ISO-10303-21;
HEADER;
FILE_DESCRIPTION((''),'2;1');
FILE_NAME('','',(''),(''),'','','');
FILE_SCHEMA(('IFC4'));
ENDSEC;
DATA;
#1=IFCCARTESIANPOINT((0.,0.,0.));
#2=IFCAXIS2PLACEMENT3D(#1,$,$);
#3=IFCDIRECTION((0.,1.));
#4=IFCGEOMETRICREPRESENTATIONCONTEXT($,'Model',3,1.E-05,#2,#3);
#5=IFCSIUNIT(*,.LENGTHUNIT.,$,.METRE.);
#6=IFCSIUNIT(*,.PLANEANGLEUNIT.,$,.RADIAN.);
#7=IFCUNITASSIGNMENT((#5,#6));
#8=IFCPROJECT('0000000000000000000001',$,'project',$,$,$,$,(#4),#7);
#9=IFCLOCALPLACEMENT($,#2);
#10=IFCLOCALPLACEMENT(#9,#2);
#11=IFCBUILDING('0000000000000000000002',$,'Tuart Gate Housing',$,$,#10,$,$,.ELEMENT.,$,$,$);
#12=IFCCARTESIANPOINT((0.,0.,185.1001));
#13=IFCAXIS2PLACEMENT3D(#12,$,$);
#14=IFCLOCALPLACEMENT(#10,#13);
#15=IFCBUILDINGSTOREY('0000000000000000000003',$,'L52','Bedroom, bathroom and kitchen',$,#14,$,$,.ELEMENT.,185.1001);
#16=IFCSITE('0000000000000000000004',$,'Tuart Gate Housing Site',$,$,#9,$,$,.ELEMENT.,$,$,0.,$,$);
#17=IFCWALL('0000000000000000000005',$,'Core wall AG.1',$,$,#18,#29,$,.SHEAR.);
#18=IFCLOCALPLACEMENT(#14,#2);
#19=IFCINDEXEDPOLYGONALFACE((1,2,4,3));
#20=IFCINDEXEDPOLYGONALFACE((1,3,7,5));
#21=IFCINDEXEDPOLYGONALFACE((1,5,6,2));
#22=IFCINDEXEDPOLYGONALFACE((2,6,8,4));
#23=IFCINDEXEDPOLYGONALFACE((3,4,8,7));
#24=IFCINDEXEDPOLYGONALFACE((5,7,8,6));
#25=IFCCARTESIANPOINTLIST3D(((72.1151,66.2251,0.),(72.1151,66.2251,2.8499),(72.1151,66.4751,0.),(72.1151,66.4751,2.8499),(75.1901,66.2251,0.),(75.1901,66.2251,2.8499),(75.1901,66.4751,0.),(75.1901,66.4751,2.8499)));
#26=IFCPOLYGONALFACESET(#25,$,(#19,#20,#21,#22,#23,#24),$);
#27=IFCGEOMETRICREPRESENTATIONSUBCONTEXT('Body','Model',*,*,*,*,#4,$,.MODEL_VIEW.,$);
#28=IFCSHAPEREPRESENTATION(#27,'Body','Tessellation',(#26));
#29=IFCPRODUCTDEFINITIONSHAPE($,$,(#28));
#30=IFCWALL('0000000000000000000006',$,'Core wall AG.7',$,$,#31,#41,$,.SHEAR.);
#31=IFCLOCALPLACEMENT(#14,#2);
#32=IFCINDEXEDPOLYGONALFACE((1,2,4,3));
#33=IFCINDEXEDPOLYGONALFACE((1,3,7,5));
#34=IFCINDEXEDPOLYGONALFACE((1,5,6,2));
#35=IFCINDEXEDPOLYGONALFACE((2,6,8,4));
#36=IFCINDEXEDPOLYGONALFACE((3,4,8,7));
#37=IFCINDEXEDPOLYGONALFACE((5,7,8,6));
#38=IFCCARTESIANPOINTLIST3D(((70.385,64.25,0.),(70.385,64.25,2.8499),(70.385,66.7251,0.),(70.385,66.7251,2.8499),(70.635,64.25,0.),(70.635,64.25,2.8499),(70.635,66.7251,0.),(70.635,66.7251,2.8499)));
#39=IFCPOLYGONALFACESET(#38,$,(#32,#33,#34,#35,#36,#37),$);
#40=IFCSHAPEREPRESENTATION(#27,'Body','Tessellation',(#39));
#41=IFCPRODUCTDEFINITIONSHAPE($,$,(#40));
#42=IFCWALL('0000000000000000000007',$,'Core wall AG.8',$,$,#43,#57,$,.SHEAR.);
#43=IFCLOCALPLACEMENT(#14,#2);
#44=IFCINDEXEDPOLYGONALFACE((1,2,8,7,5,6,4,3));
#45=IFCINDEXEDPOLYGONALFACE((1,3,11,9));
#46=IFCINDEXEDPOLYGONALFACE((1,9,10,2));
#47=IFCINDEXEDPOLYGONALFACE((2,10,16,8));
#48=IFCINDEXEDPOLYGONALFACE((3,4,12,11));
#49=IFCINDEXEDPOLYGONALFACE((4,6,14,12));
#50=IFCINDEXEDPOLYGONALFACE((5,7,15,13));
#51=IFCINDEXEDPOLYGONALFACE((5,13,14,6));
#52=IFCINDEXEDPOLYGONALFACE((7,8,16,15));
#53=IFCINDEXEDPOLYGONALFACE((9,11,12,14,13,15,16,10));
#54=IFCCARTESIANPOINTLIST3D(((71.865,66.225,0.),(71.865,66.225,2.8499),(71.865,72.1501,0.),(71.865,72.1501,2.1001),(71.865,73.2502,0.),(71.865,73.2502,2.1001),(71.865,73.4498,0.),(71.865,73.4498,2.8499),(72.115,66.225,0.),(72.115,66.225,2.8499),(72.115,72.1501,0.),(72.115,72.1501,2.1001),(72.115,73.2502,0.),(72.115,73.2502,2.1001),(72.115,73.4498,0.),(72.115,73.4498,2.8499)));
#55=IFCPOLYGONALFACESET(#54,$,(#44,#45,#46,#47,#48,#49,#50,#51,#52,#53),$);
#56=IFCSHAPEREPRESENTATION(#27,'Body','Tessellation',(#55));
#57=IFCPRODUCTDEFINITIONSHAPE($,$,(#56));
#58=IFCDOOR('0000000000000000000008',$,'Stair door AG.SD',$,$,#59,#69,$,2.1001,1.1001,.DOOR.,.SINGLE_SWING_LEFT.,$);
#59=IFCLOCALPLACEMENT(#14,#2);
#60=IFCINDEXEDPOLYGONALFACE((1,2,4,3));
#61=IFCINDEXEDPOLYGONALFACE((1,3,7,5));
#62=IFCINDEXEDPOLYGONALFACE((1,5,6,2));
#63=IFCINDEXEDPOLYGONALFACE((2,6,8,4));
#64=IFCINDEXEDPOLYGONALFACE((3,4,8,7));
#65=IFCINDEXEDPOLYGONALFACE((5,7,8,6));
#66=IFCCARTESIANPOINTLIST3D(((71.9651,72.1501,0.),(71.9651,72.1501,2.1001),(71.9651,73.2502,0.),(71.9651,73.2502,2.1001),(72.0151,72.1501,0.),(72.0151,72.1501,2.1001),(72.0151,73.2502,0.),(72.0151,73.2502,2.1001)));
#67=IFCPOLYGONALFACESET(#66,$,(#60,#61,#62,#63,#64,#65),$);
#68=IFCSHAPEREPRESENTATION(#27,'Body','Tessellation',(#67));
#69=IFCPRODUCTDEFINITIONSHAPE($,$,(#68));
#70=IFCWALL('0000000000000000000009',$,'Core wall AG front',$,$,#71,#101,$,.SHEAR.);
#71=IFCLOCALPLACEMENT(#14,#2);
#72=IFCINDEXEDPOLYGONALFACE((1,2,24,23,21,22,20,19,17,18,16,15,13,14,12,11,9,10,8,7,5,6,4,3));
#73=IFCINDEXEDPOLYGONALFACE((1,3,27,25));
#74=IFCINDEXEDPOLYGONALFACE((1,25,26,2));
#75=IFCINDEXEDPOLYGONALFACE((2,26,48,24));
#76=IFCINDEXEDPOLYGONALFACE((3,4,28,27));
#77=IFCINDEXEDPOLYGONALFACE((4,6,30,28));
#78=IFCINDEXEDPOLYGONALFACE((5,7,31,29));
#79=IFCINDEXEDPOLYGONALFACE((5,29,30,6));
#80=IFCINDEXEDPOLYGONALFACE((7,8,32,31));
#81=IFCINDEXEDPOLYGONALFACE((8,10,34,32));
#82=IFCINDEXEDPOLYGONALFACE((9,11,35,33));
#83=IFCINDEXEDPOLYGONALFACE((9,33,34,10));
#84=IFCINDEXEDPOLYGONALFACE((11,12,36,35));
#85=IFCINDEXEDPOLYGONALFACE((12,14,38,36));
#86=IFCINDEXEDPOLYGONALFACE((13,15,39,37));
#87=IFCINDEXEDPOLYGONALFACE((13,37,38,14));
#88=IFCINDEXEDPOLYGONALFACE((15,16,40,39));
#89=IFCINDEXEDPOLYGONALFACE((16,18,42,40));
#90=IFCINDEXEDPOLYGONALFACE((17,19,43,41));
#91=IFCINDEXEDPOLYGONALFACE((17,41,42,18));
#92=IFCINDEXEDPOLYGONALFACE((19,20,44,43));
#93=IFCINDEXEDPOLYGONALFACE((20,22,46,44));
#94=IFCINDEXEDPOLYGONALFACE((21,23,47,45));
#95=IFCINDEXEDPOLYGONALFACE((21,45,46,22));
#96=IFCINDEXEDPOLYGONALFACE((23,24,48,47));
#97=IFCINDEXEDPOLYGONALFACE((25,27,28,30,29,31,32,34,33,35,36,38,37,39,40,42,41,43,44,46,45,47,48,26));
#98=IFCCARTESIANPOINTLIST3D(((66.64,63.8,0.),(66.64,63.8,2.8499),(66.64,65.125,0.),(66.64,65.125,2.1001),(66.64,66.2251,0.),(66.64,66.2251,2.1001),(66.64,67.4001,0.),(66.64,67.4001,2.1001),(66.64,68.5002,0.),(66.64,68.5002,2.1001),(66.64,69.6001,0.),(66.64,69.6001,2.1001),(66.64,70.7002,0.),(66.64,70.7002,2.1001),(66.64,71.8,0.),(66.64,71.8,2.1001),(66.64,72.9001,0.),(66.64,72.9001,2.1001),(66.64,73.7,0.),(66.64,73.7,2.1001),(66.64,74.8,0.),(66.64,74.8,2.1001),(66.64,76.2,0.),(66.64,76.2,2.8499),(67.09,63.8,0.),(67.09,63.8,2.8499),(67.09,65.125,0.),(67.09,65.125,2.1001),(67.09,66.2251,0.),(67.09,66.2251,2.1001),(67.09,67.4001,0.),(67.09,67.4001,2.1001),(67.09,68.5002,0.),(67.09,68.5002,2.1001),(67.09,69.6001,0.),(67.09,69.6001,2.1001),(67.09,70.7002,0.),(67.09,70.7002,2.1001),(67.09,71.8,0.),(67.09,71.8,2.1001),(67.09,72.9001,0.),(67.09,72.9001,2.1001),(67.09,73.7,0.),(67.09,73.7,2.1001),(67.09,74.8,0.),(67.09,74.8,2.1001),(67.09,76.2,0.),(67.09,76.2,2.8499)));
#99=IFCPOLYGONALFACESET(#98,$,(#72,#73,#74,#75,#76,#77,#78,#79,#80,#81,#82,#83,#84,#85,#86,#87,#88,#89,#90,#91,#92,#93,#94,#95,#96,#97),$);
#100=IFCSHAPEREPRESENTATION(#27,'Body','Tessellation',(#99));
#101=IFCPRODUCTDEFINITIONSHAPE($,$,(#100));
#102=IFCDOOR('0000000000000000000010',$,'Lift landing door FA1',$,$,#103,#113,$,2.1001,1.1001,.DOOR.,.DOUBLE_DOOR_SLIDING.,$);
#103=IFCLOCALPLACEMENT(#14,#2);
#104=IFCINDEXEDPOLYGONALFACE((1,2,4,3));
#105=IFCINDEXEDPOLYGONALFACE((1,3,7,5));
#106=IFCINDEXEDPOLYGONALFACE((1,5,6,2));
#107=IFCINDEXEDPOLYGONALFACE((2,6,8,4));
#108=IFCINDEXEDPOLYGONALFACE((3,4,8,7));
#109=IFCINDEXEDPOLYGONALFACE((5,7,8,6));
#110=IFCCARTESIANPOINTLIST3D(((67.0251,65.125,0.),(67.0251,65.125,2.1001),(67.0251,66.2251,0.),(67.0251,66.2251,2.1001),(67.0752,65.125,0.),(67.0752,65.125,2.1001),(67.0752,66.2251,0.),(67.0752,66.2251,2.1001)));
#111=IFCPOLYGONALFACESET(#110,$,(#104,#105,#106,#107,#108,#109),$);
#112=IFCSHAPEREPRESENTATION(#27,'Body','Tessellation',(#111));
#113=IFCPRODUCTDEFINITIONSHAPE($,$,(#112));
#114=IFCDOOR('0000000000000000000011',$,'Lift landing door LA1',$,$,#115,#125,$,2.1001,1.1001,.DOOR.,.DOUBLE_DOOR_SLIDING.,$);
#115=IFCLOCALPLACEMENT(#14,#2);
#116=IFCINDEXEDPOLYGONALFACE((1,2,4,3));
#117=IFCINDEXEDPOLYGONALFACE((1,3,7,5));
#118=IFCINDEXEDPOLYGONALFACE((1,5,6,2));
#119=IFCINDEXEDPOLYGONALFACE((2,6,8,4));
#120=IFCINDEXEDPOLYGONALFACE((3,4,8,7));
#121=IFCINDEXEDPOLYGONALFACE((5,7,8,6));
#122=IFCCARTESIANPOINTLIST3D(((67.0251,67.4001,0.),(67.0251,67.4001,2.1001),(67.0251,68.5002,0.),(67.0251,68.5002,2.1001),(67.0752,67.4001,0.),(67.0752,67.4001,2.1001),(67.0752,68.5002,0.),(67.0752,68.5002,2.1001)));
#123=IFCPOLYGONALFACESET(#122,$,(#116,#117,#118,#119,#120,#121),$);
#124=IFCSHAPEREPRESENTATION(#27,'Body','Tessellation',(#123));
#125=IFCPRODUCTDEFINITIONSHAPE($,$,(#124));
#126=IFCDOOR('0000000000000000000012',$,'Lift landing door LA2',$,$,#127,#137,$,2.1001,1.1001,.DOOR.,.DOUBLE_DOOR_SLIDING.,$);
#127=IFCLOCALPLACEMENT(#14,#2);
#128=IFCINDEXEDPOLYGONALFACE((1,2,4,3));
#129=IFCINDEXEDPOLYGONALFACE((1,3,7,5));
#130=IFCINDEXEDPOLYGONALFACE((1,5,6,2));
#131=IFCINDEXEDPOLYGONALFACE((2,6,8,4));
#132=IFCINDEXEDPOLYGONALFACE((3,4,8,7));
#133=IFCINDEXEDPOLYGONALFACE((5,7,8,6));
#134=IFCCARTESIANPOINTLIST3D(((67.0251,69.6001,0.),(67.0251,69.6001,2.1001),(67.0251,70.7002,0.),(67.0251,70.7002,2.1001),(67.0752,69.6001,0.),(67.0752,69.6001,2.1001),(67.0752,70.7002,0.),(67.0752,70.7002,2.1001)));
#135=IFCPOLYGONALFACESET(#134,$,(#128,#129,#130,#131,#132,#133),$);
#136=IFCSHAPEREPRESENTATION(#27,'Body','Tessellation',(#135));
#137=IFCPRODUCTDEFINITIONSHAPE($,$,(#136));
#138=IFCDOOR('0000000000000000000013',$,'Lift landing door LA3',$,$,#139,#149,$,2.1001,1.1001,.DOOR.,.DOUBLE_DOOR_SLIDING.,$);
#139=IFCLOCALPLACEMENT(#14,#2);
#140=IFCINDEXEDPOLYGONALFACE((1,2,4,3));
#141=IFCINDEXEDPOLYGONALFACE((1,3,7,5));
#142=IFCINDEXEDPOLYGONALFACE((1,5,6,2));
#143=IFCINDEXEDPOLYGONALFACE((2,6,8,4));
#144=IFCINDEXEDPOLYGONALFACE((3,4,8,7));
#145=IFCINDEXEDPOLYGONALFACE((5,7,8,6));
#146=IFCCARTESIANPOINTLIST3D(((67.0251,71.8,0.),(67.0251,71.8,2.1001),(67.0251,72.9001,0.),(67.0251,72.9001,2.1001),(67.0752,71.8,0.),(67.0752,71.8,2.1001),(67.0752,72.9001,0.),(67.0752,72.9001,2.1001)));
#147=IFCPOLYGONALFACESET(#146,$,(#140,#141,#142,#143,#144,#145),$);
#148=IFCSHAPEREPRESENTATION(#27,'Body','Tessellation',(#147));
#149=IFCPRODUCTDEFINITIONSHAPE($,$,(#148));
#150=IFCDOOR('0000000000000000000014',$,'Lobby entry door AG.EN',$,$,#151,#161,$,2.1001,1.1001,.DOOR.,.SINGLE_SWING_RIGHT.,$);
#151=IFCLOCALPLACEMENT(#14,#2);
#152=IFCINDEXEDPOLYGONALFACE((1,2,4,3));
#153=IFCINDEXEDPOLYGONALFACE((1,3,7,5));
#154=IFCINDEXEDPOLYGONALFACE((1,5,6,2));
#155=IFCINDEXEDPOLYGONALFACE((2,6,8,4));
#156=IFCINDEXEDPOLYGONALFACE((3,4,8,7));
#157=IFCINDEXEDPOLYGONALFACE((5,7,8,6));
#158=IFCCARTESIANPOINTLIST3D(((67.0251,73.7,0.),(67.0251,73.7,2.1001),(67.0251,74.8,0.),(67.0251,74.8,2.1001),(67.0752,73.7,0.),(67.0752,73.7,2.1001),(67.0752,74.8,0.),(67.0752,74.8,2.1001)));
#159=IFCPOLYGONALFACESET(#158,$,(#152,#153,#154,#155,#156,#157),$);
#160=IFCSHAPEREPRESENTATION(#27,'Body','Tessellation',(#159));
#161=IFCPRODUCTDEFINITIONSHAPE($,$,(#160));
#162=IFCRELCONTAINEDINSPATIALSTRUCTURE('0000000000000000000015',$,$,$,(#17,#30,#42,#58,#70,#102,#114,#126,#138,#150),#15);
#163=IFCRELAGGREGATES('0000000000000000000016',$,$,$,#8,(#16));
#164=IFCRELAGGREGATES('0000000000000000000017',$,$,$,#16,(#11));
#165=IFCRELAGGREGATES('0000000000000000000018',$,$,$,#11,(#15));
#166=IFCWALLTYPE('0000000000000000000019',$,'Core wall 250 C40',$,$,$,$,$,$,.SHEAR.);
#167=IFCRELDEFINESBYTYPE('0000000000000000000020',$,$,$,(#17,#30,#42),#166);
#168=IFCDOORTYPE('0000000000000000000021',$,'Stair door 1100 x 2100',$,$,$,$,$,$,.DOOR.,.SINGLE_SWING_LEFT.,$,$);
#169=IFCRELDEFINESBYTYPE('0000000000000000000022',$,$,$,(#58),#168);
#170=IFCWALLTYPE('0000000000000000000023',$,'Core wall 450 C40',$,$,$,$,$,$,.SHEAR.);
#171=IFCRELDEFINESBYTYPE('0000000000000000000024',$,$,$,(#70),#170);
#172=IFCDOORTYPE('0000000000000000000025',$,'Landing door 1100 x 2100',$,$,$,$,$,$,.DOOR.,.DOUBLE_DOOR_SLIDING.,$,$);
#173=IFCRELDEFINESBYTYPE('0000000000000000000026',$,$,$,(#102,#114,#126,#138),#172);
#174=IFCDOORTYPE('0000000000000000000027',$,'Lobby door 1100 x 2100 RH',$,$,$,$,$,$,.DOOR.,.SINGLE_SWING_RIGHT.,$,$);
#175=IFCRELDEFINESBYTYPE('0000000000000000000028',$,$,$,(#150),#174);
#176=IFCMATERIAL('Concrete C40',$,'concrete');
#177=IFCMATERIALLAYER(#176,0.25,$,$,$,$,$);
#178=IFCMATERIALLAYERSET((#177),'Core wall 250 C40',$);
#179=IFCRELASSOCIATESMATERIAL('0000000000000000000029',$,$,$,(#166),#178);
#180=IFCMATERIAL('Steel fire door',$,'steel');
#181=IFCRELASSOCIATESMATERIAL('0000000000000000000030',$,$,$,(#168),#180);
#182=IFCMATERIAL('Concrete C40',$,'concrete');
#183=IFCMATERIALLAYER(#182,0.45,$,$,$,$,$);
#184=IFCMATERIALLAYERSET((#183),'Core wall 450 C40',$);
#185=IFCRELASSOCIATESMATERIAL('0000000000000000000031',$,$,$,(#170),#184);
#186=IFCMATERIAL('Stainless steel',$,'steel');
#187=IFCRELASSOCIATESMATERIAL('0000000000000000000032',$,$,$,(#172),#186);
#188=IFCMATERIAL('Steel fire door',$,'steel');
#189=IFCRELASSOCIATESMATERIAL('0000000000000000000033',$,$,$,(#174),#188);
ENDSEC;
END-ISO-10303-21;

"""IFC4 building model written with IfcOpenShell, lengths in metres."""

from ifc_helpers import new_model, si_unit, direction, frame, frame_2d, origin, place, context, subcontext, project, spatial, rectangle, extrude, material, layer, layer_set, type_object, element, fill, save


model = new_model("IFC4")

# Units and contexts
model_context = context("Model", 3, precision=1e-05, world=origin(), true_north=direction((0.0, 1.0)))
body_context = subcontext(model_context, "Body", "Model", "MODEL_VIEW")
ifc_project = project(units=[si_unit("LENGTHUNIT", "METRE"), si_unit("PLANEANGLEUNIT", "RADIAN")], contexts=[model_context])

# Site, building, storey
site_placement = place(None, origin())
site = spatial("IfcSite", under=ifc_project, at=site_placement, Name="Tuart Gate Housing Site", CompositionType="ELEMENT", RefElevation=0.0)
building_placement = place(site_placement, origin())
building = spatial("IfcBuilding", under=site, at=building_placement, Name="Tuart Gate Housing", CompositionType="ELEMENT")
storey_placement = place(building_placement, frame((0.0, 0.0, 185.1001)))
storey = spatial("IfcBuildingStorey", under=building, at=storey_placement, Name="L52", Description="Bedroom, bathroom and kitchen", CompositionType="ELEMENT", Elevation=185.1001)

# Walls
ifc_material_1 = material(Name="Concrete C40", Category="concrete")
ifc_layer_1 = layer(ifc_material_1, 0.25)
ifc_layer_set_1 = layer_set([ifc_layer_1], Name="Core wall 250 C40")
wall_type_1 = type_object("IfcWallType", Name="Core wall 250 C40", PredefinedType="SHEAR", material=ifc_layer_set_1)
wall_1_placement = place(storey_placement, frame((72.115, 66.3501, 0.0), z_axis=(0.0, 0.0, 1.0), x_axis=(1.0, 0.0, 0.0)))
element("IfcWall", 1, at=wall_1_placement, inside=storey, type_object=wall_type_1, Name="Core wall AG.1", PredefinedType="SHEAR", context=body_context, shape_type="SweptSolid", body=[
    extrude(rectangle(XDim=3.075, YDim=0.25, at=frame_2d((1.5376, 0.0))), origin(), (0.0, 0.0, 1.0), 2.8499),
])
wall_2_placement = place(storey_placement, frame((70.51, 64.25, 0.0), z_axis=(0.0, 0.0, 1.0), x_axis=(0.0, 1.0, 0.0)))
element("IfcWall", 2, at=wall_2_placement, inside=storey, type_object=wall_type_1, Name="Core wall AG.7", PredefinedType="SHEAR", context=body_context, shape_type="SweptSolid", body=[
    extrude(rectangle(XDim=2.4751, YDim=0.25, at=frame_2d((1.2375, 0.0))), origin(), (0.0, 0.0, 1.0), 2.8499),
])

# Wall, opening, door
wall_3_placement = place(storey_placement, frame((71.99, 66.2251, 0.0), z_axis=(0.0, 0.0, 1.0), x_axis=(0.0, 1.0, 0.0)))
wall_3 = element("IfcWall", 3, at=wall_3_placement, inside=storey, type_object=wall_type_1, Name="Core wall AG.8", PredefinedType="SHEAR", context=body_context, shape_type="SweptSolid", body=[
    extrude(rectangle(XDim=7.2249, YDim=0.25, at=frame_2d((3.6123, 0.0))), origin(), (0.0, 0.0, 1.0), 2.8499),
])
opening_1_placement = place(wall_3_placement, frame((5.925, 0.0, 0.0)))
opening_1 = element("IfcOpeningElement", 4, at=opening_1_placement, cuts=wall_3, PredefinedType="OPENING", context=body_context, shape_type="SweptSolid", body=[
    extrude(rectangle(XDim=1.1001, YDim=2.1001, at=frame_2d((0.55, 1.05))), frame((0.0, 0.135, 0.0), z_axis=(0.0, -1.0, 0.0), x_axis=(1.0, 0.0, 0.0)), (0.0, 0.0, 1.0), 0.27),
])
ifc_material_2 = material(Name="Steel fire door", Category="steel")
door_type_1 = type_object("IfcDoorType", Name="Stair door 1100 x 2100", OperationType="SINGLE_SWING_LEFT", PredefinedType="DOOR", material=ifc_material_2)
door_1_placement = place(opening_1_placement, frame((1.1001, 0.0, 0.0), z_axis=(0.0, 0.0, 1.0), x_axis=(-1.0, 0.0, 0.0)))
door_1 = element("IfcDoor", 5, at=door_1_placement, inside=storey, type_object=door_type_1, Name="Stair door AG.SD", OperationType="SINGLE_SWING_LEFT", OverallHeight=2.1001, OverallWidth=1.1001, PredefinedType="DOOR", context=body_context, shape_type="SweptSolid", body=[
    extrude(rectangle(XDim=1.1001, YDim=2.1001, at=frame_2d((0.55, 1.05))), frame((0.0, 0.0251, 0.0), z_axis=(0.0, -1.0, 0.0), x_axis=(1.0, 0.0, 0.0)), (0.0, 0.0, 1.0), 0.05),
])
fill(opening_1, door_1)

# Wall, openings, doors
ifc_material_3 = material(Name="Concrete C40", Category="concrete")
ifc_layer_2 = layer(ifc_material_3, 0.45)
ifc_layer_set_2 = layer_set([ifc_layer_2], Name="Core wall 450 C40")
wall_type_2 = type_object("IfcWallType", Name="Core wall 450 C40", PredefinedType="SHEAR", material=ifc_layer_set_2)
wall_4_placement = place(storey_placement, frame((66.865, 63.8, 0.0), z_axis=(0.0, 0.0, 1.0), x_axis=(0.0, 1.0, 0.0)))
wall_4 = element("IfcWall", 6, at=wall_4_placement, inside=storey, type_object=wall_type_2, Name="Core wall AG front", PredefinedType="SHEAR", context=body_context, shape_type="SweptSolid", body=[
    extrude(rectangle(XDim=12.3999, YDim=0.45, at=frame_2d((6.2, 0.0))), origin(), (0.0, 0.0, 1.0), 2.8499),
])
opening_2_placement = place(wall_4_placement, frame((1.325, 0.0, 0.0)))
opening_2 = element("IfcOpeningElement", 7, at=opening_2_placement, cuts=wall_4, PredefinedType="OPENING", context=body_context, shape_type="SweptSolid", body=[
    extrude(rectangle(XDim=1.1001, YDim=2.1001, at=frame_2d((0.55, 1.05))), frame((0.0, 0.2349, 0.0), z_axis=(0.0, -1.0, 0.0), x_axis=(1.0, 0.0, 0.0)), (0.0, 0.0, 1.0), 0.47),
])
opening_3_placement = place(wall_4_placement, frame((3.6001, 0.0, 0.0)))
opening_3 = element("IfcOpeningElement", 8, at=opening_3_placement, cuts=wall_4, PredefinedType="OPENING", context=body_context, shape_type="SweptSolid", body=[
    extrude(rectangle(XDim=1.1001, YDim=2.1001, at=frame_2d((0.55, 1.05))), frame((0.0, 0.2349, 0.0), z_axis=(0.0, -1.0, 0.0), x_axis=(1.0, 0.0, 0.0)), (0.0, 0.0, 1.0), 0.47),
])
opening_4_placement = place(wall_4_placement, frame((5.8, 0.0, 0.0)))
opening_4 = element("IfcOpeningElement", 9, at=opening_4_placement, cuts=wall_4, PredefinedType="OPENING", context=body_context, shape_type="SweptSolid", body=[
    extrude(rectangle(XDim=1.1001, YDim=2.1001, at=frame_2d((0.55, 1.05))), frame((0.0, 0.2349, 0.0), z_axis=(0.0, -1.0, 0.0), x_axis=(1.0, 0.0, 0.0)), (0.0, 0.0, 1.0), 0.47),
])
opening_5_placement = place(wall_4_placement, frame((8.0, 0.0, 0.0)))
opening_5 = element("IfcOpeningElement", 10, at=opening_5_placement, cuts=wall_4, PredefinedType="OPENING", context=body_context, shape_type="SweptSolid", body=[
    extrude(rectangle(XDim=1.1001, YDim=2.1001, at=frame_2d((0.55, 1.05))), frame((0.0, 0.2349, 0.0), z_axis=(0.0, -1.0, 0.0), x_axis=(1.0, 0.0, 0.0)), (0.0, 0.0, 1.0), 0.47),
])
opening_6_placement = place(wall_4_placement, frame((9.8999, 0.0, 0.0)))
opening_6 = element("IfcOpeningElement", 11, at=opening_6_placement, cuts=wall_4, PredefinedType="OPENING", context=body_context, shape_type="SweptSolid", body=[
    extrude(rectangle(XDim=1.1001, YDim=2.1001, at=frame_2d((0.55, 1.05))), frame((0.0, 0.2349, 0.0), z_axis=(0.0, -1.0, 0.0), x_axis=(1.0, 0.0, 0.0)), (0.0, 0.0, 1.0), 0.47),
])
ifc_material_4 = material(Name="Stainless steel", Category="steel")
door_type_2 = type_object("IfcDoorType", Name="Landing door 1100 x 2100", OperationType="DOUBLE_DOOR_SLIDING", PredefinedType="DOOR", material=ifc_material_4)
door_2_placement = place(opening_2_placement, origin())
door_2 = element("IfcDoor", 12, at=door_2_placement, inside=storey, type_object=door_type_2, Name="Lift landing door FA1", OperationType="DOUBLE_DOOR_SLIDING", OverallHeight=2.1001, OverallWidth=1.1001, PredefinedType="DOOR", context=body_context, shape_type="SweptSolid", body=[
    extrude(rectangle(XDim=1.1001, YDim=2.1001, at=frame_2d((0.55, 1.05))), frame((0.0, -0.1602, 0.0), z_axis=(0.0, -1.0, 0.0), x_axis=(1.0, 0.0, 0.0)), (0.0, 0.0, 1.0), 0.05),
])
fill(opening_2, door_2)
door_3_placement = place(opening_3_placement, origin())
door_3 = element("IfcDoor", 13, at=door_3_placement, inside=storey, type_object=door_type_2, Name="Lift landing door LA1", OperationType="DOUBLE_DOOR_SLIDING", OverallHeight=2.1001, OverallWidth=1.1001, PredefinedType="DOOR", context=body_context, shape_type="SweptSolid", body=[
    extrude(rectangle(XDim=1.1001, YDim=2.1001, at=frame_2d((0.55, 1.05))), frame((0.0, -0.1602, 0.0), z_axis=(0.0, -1.0, 0.0), x_axis=(1.0, 0.0, 0.0)), (0.0, 0.0, 1.0), 0.05),
])
fill(opening_3, door_3)
door_4_placement = place(opening_4_placement, origin())
door_4 = element("IfcDoor", 14, at=door_4_placement, inside=storey, type_object=door_type_2, Name="Lift landing door LA2", OperationType="DOUBLE_DOOR_SLIDING", OverallHeight=2.1001, OverallWidth=1.1001, PredefinedType="DOOR", context=body_context, shape_type="SweptSolid", body=[
    extrude(rectangle(XDim=1.1001, YDim=2.1001, at=frame_2d((0.55, 1.05))), frame((0.0, -0.1602, 0.0), z_axis=(0.0, -1.0, 0.0), x_axis=(1.0, 0.0, 0.0)), (0.0, 0.0, 1.0), 0.05),
])
fill(opening_4, door_4)
door_5_placement = place(opening_5_placement, origin())
door_5 = element("IfcDoor", 15, at=door_5_placement, inside=storey, type_object=door_type_2, Name="Lift landing door LA3", OperationType="DOUBLE_DOOR_SLIDING", OverallHeight=2.1001, OverallWidth=1.1001, PredefinedType="DOOR", context=body_context, shape_type="SweptSolid", body=[
    extrude(rectangle(XDim=1.1001, YDim=2.1001, at=frame_2d((0.55, 1.05))), frame((0.0, -0.1602, 0.0), z_axis=(0.0, -1.0, 0.0), x_axis=(1.0, 0.0, 0.0)), (0.0, 0.0, 1.0), 0.05),
])
fill(opening_5, door_5)
ifc_material_5 = material(Name="Steel fire door", Category="steel")
door_type_3 = type_object("IfcDoorType", Name="Lobby door 1100 x 2100 RH", OperationType="SINGLE_SWING_RIGHT", PredefinedType="DOOR", material=ifc_material_5)
door_6_placement = place(opening_6_placement, frame((1.1001, 0.0, 0.0), z_axis=(0.0, 0.0, 1.0), x_axis=(-1.0, 0.0, 0.0)))
door_6 = element("IfcDoor", 16, at=door_6_placement, inside=storey, type_object=door_type_3, Name="Lobby entry door AG.EN", OperationType="SINGLE_SWING_RIGHT", OverallHeight=2.1001, OverallWidth=1.1001, PredefinedType="DOOR", context=body_context, shape_type="SweptSolid", body=[
    extrude(rectangle(XDim=1.1001, YDim=2.1001, at=frame_2d((0.55, 1.05))), frame((0.0, 0.2102, 0.0), z_axis=(0.0, -1.0, 0.0), x_axis=(1.0, 0.0, 0.0)), (0.0, 0.0, 1.0), 0.05),
])
fill(opening_6, door_6)

save(model, "model.ifc")
